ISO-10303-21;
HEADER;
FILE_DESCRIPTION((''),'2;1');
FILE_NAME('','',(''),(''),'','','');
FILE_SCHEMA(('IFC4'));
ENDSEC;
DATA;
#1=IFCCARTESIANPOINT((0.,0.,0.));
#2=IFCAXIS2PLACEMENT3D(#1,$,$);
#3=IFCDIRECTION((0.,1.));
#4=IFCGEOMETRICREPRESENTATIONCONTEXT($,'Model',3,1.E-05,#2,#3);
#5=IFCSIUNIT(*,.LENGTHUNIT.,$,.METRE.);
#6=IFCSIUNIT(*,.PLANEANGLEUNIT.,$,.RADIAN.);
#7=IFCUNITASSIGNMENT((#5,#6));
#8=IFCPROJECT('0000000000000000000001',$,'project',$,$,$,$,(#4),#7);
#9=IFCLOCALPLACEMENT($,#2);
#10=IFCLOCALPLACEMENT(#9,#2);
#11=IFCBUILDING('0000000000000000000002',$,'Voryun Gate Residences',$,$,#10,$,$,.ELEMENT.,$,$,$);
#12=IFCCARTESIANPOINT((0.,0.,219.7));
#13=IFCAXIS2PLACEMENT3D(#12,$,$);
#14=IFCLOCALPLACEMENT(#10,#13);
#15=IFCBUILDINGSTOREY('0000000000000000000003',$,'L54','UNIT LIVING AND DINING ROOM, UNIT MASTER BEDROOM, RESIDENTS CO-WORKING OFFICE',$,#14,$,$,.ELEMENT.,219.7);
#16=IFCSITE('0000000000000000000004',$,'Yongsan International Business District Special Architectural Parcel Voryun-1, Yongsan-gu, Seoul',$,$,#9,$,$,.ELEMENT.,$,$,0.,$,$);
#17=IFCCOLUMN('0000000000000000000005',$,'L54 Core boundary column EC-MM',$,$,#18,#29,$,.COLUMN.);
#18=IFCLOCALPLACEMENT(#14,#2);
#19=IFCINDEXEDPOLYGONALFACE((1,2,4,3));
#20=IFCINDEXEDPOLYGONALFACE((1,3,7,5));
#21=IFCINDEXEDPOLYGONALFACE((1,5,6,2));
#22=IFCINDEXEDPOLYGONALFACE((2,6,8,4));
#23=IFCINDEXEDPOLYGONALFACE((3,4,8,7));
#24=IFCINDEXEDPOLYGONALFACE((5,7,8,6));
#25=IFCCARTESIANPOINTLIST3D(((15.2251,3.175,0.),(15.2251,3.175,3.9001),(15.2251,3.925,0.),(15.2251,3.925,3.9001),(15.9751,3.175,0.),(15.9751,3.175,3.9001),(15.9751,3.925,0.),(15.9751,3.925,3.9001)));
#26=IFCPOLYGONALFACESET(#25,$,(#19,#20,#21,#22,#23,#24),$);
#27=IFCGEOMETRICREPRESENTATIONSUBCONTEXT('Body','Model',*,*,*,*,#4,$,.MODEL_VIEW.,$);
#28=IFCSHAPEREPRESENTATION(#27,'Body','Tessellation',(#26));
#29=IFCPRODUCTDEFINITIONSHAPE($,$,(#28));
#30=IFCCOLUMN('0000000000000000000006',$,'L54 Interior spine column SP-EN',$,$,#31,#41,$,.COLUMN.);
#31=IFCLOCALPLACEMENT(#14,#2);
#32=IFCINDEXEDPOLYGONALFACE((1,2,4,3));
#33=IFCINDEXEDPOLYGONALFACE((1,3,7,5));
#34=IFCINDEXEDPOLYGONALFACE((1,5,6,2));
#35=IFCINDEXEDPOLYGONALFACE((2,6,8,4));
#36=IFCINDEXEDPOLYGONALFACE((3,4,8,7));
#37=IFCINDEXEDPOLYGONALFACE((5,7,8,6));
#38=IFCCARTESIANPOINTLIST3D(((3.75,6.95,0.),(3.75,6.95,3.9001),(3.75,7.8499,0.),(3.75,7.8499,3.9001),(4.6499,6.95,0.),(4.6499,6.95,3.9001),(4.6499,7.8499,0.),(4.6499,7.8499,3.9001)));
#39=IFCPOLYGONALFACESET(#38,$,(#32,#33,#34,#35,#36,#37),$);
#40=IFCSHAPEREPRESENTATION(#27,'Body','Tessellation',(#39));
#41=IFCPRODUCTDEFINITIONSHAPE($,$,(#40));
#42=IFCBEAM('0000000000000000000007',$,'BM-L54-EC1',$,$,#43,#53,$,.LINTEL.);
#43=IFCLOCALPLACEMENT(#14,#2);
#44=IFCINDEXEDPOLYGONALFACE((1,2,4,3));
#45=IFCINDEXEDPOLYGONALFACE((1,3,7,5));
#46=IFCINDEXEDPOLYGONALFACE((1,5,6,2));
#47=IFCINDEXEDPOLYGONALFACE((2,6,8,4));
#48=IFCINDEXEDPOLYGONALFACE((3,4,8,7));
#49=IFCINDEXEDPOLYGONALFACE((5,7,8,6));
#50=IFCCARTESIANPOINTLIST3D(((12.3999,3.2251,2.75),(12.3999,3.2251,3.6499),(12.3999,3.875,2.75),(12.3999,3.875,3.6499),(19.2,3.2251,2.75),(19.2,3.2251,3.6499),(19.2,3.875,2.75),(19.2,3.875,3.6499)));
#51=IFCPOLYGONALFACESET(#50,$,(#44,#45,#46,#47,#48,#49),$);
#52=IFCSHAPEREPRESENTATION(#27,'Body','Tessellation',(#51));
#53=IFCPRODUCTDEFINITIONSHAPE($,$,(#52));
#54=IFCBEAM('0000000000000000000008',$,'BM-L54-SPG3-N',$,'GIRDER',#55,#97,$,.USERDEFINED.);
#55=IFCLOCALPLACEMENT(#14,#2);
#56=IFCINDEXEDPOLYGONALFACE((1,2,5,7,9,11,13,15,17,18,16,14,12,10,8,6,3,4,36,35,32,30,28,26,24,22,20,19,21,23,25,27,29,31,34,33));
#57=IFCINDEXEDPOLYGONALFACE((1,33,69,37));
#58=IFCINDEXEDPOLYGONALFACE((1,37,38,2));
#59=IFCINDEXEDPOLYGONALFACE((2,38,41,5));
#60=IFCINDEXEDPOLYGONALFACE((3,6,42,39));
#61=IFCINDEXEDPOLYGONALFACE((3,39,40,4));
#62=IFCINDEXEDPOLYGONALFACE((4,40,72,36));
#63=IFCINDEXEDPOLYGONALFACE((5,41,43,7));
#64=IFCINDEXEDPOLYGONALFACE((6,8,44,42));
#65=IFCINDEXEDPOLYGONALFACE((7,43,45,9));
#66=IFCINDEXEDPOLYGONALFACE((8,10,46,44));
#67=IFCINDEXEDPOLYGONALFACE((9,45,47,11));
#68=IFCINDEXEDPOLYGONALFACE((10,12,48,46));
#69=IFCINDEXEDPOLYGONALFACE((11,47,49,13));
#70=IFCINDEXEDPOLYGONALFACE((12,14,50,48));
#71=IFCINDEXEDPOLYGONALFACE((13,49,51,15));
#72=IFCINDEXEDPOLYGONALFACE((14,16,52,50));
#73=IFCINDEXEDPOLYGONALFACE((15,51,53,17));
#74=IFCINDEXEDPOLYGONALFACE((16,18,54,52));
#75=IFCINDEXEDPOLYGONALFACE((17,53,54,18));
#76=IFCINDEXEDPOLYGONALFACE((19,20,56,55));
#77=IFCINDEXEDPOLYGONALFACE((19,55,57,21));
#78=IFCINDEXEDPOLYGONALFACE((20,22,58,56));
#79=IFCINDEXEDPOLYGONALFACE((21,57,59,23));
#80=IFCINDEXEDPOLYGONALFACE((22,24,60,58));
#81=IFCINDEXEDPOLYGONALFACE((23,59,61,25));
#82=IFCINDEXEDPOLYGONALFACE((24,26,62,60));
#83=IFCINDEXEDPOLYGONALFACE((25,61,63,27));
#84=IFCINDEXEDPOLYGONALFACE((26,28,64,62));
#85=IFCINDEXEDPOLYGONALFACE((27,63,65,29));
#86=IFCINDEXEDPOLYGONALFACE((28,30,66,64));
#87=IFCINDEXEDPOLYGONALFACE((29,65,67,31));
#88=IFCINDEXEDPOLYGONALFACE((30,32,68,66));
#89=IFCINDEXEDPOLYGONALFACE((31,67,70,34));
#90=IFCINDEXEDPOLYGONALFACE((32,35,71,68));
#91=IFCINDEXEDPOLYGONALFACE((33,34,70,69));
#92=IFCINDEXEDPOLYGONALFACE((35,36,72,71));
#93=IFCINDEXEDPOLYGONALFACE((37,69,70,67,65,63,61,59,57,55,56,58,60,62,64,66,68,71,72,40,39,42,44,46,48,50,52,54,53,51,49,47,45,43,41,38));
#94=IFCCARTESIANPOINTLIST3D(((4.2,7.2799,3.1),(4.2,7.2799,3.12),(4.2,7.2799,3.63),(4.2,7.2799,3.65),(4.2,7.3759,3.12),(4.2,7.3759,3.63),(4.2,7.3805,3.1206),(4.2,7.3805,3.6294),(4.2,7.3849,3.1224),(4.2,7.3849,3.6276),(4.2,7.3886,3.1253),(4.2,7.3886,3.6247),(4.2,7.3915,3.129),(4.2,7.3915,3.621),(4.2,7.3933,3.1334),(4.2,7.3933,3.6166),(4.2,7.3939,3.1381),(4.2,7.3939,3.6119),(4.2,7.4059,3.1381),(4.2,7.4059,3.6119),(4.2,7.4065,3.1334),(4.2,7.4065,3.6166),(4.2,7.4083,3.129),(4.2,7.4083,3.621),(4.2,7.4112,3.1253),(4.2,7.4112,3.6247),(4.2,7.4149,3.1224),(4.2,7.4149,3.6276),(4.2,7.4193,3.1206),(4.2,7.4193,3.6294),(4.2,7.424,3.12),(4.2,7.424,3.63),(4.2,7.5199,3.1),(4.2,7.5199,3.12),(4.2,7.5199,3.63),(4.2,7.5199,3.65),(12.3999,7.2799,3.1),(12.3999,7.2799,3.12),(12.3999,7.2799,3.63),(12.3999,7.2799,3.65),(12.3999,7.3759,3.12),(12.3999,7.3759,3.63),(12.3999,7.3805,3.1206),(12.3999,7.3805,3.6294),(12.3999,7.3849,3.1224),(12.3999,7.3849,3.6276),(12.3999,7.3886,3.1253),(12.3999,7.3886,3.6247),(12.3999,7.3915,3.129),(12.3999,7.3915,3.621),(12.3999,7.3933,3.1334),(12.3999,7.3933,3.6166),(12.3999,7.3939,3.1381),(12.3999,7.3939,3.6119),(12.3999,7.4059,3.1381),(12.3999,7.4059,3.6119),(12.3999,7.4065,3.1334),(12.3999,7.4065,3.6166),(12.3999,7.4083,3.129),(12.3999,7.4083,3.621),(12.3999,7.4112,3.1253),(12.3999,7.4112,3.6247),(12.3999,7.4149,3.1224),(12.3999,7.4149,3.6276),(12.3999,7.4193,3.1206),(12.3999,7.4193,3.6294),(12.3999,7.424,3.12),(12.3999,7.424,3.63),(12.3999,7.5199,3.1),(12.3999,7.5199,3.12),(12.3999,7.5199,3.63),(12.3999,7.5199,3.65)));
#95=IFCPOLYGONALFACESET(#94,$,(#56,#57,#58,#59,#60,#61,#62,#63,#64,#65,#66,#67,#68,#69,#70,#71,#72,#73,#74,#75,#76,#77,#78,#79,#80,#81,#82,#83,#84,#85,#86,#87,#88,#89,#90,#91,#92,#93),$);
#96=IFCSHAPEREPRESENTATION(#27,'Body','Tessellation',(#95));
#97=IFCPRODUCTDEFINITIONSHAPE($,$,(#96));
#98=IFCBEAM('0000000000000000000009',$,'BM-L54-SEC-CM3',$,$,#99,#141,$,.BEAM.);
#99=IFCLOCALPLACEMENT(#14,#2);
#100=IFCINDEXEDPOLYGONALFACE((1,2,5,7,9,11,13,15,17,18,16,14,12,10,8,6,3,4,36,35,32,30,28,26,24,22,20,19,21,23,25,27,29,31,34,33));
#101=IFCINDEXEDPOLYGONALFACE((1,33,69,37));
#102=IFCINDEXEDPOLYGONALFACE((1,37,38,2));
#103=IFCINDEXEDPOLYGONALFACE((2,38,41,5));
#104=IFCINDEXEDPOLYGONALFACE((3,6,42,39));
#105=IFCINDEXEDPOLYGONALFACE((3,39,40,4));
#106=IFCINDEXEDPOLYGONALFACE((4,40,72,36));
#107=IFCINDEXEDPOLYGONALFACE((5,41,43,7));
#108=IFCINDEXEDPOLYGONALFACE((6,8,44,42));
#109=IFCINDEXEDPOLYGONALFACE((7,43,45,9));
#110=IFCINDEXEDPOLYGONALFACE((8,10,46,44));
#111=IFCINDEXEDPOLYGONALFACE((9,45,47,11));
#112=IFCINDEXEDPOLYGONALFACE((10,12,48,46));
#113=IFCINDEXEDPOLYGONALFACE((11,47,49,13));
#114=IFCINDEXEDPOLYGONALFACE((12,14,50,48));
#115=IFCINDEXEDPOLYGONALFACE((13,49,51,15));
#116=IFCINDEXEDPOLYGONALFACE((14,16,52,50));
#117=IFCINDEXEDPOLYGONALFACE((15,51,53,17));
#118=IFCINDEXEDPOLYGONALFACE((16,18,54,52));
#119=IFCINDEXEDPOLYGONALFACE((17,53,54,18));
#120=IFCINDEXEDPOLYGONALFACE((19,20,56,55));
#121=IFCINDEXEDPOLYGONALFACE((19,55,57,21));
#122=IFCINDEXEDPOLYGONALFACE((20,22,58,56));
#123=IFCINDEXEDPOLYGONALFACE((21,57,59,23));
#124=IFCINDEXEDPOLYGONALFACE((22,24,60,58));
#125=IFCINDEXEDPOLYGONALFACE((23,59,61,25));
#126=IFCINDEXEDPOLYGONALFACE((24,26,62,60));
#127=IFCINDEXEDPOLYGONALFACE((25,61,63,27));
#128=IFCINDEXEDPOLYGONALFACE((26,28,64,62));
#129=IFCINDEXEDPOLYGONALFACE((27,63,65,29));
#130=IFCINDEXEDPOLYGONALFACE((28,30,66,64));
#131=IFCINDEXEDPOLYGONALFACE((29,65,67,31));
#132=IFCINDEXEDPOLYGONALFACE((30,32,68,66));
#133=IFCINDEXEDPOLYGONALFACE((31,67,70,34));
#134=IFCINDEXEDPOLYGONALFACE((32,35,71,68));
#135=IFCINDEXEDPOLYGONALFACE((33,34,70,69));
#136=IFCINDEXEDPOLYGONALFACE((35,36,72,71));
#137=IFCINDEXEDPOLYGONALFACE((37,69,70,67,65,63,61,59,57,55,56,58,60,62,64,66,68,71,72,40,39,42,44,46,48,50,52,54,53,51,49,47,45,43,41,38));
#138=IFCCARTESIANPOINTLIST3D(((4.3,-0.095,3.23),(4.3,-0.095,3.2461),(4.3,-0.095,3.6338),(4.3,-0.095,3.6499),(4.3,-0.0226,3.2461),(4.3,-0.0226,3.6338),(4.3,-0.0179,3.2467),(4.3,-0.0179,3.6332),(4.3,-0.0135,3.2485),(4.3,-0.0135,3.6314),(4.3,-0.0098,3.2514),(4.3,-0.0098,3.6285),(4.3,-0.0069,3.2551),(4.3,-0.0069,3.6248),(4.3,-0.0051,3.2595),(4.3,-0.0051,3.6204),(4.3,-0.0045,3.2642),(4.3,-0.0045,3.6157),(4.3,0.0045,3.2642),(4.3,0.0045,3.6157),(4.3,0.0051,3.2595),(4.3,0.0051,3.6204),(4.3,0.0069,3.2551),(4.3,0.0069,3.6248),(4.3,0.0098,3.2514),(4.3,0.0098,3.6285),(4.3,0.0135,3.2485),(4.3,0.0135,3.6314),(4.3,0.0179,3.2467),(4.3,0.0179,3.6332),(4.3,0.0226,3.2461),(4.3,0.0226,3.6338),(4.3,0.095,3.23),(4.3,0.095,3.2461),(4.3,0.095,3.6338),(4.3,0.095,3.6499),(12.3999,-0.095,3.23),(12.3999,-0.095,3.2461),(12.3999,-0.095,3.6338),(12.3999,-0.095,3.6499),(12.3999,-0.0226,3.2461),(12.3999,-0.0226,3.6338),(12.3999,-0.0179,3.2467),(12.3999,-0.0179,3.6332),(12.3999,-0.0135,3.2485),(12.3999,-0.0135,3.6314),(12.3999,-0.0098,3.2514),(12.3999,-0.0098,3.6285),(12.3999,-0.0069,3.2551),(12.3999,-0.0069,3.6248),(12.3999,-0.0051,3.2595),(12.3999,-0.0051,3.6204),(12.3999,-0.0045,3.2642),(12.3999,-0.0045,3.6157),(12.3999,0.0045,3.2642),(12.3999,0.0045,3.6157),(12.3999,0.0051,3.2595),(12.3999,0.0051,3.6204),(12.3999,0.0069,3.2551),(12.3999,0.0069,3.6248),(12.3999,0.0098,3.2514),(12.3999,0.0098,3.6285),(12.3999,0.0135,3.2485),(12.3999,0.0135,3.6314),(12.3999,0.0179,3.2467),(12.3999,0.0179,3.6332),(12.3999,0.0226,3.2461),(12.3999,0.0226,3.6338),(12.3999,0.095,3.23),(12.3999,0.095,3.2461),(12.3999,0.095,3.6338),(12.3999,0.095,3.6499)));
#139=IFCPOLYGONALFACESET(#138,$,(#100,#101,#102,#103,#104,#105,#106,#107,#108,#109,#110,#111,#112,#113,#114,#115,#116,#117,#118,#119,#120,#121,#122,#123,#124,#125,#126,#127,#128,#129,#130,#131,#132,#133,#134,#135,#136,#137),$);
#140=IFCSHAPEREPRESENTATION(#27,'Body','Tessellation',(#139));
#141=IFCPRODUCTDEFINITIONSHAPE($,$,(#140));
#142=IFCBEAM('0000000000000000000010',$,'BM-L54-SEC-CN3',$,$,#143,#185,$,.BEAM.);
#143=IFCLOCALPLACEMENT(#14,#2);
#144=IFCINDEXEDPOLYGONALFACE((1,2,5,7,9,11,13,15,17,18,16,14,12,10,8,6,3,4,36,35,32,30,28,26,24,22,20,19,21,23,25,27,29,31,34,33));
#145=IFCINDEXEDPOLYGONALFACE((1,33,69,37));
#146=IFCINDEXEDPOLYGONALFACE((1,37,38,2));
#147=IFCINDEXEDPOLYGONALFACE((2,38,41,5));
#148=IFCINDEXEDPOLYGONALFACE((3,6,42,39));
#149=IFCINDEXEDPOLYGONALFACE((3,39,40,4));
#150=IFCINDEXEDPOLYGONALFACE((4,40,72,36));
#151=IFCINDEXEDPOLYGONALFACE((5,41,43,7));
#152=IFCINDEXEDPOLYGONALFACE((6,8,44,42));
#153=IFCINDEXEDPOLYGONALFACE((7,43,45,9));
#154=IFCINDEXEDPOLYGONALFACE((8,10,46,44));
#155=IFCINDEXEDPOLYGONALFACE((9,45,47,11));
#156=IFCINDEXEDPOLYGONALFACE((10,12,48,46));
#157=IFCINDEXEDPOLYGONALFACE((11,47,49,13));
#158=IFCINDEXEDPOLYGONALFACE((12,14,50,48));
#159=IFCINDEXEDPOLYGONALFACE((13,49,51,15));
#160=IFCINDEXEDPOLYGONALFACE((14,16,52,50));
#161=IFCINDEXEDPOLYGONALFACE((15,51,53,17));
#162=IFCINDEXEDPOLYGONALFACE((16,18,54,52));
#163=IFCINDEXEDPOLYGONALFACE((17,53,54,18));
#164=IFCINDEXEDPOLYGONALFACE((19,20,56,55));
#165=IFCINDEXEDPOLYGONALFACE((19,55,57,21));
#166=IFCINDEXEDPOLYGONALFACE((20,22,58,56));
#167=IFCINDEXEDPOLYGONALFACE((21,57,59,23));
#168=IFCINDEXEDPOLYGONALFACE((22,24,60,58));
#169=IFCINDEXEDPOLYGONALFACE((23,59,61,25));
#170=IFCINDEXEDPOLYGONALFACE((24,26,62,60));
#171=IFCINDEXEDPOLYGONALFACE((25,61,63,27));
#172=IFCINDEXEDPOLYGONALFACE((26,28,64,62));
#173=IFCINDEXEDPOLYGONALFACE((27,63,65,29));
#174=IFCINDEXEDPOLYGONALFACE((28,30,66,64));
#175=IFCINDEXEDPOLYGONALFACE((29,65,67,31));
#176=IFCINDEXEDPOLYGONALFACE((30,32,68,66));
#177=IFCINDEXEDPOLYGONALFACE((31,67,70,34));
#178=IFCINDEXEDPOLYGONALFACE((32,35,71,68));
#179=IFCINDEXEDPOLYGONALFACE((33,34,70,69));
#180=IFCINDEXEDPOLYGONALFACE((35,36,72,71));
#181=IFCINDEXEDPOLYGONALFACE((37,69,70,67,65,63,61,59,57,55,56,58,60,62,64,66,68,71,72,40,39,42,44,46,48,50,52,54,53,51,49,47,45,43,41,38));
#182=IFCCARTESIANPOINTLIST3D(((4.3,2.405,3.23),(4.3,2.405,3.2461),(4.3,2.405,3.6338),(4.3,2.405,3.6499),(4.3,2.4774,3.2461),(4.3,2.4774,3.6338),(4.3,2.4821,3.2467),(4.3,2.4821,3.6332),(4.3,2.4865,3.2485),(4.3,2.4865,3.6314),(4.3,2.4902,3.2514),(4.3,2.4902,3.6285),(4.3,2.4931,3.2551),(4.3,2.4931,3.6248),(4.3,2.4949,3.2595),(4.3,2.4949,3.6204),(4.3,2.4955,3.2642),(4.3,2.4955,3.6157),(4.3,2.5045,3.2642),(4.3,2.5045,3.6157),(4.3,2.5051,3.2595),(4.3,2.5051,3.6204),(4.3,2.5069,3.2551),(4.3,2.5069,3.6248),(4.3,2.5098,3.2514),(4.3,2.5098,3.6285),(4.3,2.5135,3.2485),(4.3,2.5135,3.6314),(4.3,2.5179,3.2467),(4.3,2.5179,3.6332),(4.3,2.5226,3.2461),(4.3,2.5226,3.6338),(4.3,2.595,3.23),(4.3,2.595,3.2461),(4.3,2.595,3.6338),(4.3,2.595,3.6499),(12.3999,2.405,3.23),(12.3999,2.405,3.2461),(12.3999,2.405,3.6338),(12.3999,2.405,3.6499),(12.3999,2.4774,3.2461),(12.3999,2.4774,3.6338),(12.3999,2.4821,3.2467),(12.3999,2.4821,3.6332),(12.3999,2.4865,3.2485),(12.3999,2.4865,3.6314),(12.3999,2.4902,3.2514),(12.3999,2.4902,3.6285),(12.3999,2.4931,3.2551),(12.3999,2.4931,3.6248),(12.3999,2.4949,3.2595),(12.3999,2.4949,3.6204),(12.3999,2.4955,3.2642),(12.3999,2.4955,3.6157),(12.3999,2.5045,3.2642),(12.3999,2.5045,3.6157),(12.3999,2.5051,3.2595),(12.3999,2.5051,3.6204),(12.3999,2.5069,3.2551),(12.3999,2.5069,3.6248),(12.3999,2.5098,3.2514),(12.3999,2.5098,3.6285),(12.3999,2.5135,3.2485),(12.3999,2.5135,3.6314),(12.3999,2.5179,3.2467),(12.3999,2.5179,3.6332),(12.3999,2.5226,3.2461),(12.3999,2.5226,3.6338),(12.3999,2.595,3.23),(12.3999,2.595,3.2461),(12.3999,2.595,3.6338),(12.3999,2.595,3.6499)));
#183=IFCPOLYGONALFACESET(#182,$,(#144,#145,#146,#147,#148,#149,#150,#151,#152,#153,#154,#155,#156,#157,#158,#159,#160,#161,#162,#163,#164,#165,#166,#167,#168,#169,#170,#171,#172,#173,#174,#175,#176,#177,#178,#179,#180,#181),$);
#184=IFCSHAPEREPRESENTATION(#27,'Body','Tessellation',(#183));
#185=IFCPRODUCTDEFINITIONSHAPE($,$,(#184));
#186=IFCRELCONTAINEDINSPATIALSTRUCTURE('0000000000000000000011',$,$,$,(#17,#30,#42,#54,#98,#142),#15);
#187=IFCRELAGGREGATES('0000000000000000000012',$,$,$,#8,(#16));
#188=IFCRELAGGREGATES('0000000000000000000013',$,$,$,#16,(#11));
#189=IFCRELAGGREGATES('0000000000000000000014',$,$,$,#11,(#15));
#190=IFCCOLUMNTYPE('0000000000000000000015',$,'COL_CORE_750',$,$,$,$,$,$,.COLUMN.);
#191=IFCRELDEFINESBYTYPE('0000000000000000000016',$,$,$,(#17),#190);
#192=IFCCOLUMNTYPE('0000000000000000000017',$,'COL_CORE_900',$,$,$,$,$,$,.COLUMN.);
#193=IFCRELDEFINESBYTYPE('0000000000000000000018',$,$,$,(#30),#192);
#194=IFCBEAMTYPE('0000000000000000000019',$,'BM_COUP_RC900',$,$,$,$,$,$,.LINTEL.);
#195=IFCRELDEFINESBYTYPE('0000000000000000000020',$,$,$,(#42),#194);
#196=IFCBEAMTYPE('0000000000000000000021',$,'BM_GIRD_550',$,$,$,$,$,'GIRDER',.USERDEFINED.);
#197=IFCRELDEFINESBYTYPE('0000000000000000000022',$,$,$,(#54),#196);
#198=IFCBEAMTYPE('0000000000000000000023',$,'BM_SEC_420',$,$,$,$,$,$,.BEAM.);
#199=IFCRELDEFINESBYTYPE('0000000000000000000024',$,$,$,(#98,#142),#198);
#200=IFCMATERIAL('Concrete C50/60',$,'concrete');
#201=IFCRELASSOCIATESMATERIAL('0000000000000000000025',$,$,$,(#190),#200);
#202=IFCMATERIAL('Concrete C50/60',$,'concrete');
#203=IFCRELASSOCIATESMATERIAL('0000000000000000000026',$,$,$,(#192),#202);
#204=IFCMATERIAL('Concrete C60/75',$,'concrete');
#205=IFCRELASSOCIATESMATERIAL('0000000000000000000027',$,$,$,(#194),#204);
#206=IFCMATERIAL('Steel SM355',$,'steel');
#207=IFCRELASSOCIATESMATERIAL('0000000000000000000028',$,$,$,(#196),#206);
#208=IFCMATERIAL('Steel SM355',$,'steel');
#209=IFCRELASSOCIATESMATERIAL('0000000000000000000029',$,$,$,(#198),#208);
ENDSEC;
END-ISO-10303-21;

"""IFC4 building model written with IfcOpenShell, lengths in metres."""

from ifc_helpers import new_model, si_unit, direction, frame, origin, origin_2d, place, context, subcontext, project, spatial, rectangle, i_section, extrude, material, material_profile, profile_set, type_object, element, save


model = new_model("IFC4")

# Units and contexts
model_context = context("Model", 3, precision=1e-05, world=origin(), true_north=direction((0.0, 1.0)))
body_context = subcontext(model_context, "Body", "Model", "MODEL_VIEW")
ifc_project = project(units=[si_unit("LENGTHUNIT", "METRE"), si_unit("PLANEANGLEUNIT", "RADIAN")], contexts=[model_context])

# Site, building, storey
site_placement = place(None, origin())
site = spatial("IfcSite", under=ifc_project, at=site_placement, Name="Yongsan International Business District Special Architectural Parcel Voryun-1, Yongsan-gu, Seoul", CompositionType="ELEMENT", RefElevation=0.0)
building_placement = place(site_placement, origin())
building = spatial("IfcBuilding", under=site, at=building_placement, Name="Voryun Gate Residences", CompositionType="ELEMENT")
storey_placement = place(building_placement, frame((0.0, 0.0, 219.7)))
storey = spatial("IfcBuildingStorey", under=building, at=storey_placement, Name="L54", Description="UNIT LIVING AND DINING ROOM, UNIT MASTER BEDROOM, RESIDENTS CO-WORKING OFFICE", CompositionType="ELEMENT", Elevation=219.7)

# Columns
ifc_material_1 = material(Name="Concrete C50/60", Category="concrete")
ifc_material_profile_1 = material_profile(ifc_material_1, rectangle(XDim=0.75, YDim=0.75, at=origin_2d()), Name="RC-750x750")
ifc_profile_set_1 = profile_set([ifc_material_profile_1], Name="Concrete C50/60")
column_type_1 = type_object("IfcColumnType", Name="COL_CORE_750", PredefinedType="COLUMN", material=ifc_profile_set_1)
column_1_placement = place(storey_placement, frame((15.6001, 3.55, 0.0), z_axis=(0.0, 0.0, 1.0), x_axis=(1.0, 0.0, 0.0)))
element("IfcColumn", 1, at=column_1_placement, inside=storey, type_object=column_type_1, Name="L54 Core boundary column EC-MM", PredefinedType="COLUMN", context=body_context, shape_type="SweptSolid", body=[
    extrude(rectangle(XDim=0.75, YDim=0.75, at=origin_2d()), origin(), (0.0, 0.0, 1.0), 3.9001),
])
ifc_material_2 = material(Name="Concrete C50/60", Category="concrete")
ifc_material_profile_2 = material_profile(ifc_material_2, rectangle(XDim=0.8999, YDim=0.8999, at=origin_2d()), Name="RC-900x900")
ifc_profile_set_2 = profile_set([ifc_material_profile_2], Name="Concrete C50/60")
column_type_2 = type_object("IfcColumnType", Name="COL_CORE_900", PredefinedType="COLUMN", material=ifc_profile_set_2)
column_2_placement = place(storey_placement, frame((4.2, 7.3999, 0.0), z_axis=(0.0, 0.0, 1.0), x_axis=(1.0, 0.0, 0.0)))
element("IfcColumn", 2, at=column_2_placement, inside=storey, type_object=column_type_2, Name="L54 Interior spine column SP-EN", PredefinedType="COLUMN", context=body_context, shape_type="SweptSolid", body=[
    extrude(rectangle(XDim=0.8999, YDim=0.8999, at=origin_2d()), origin(), (0.0, 0.0, 1.0), 3.9001),
])

# Beams
ifc_material_3 = material(Name="Concrete C60/75", Category="concrete")
ifc_material_profile_3 = material_profile(ifc_material_3, rectangle(XDim=0.6499, YDim=0.8999, at=origin_2d()), Name="RC-650x900")
ifc_profile_set_3 = profile_set([ifc_material_profile_3], Name="Concrete C60/75")
beam_type_1 = type_object("IfcBeamType", Name="BM_COUP_RC900", PredefinedType="LINTEL", material=ifc_profile_set_3)
beam_1_placement = place(storey_placement, frame((12.3999, 3.55, 3.2), z_axis=(1.0, 0.0, 0.0), x_axis=(0.0, 1.0, 0.0)))
element("IfcBeam", 3, at=beam_1_placement, inside=storey, type_object=beam_type_1, Name="BM-L54-EC1", PredefinedType="LINTEL", context=body_context, shape_type="SweptSolid", body=[
    extrude(rectangle(XDim=0.6499, YDim=0.8999, at=origin_2d()), origin(), (0.0, 0.0, 1.0), 6.8),
])
ifc_material_4 = material(Name="Steel SM355", Category="steel")
ifc_material_profile_4 = material_profile(ifc_material_4, i_section(OverallWidth=0.24, OverallDepth=0.55, WebThickness=0.012, FlangeThickness=0.02, FilletRadius=0.0181, at=origin_2d()), Name="H-550x240x12x20")
ifc_profile_set_4 = profile_set([ifc_material_profile_4], Name="Steel SM355")
beam_type_2 = type_object("IfcBeamType", Name="BM_GIRD_550", ElementType="GIRDER", PredefinedType="USERDEFINED", material=ifc_profile_set_4)
beam_2_placement = place(storey_placement, frame((4.2, 7.3999, 3.375), z_axis=(1.0, 0.0, 0.0), x_axis=(0.0, 1.0, 0.0)))
element("IfcBeam", 4, at=beam_2_placement, inside=storey, type_object=beam_type_2, Name="BM-L54-SPG3-N", ObjectType="GIRDER", PredefinedType="USERDEFINED", context=body_context, shape_type="SweptSolid", body=[
    extrude(i_section(OverallWidth=0.24, OverallDepth=0.55, WebThickness=0.012, FlangeThickness=0.02, FilletRadius=0.0181, at=origin_2d()), origin(), (0.0, 0.0, 1.0), 8.2),
])
ifc_material_5 = material(Name="Steel SM355", Category="steel")
ifc_material_profile_5 = material_profile(ifc_material_5, i_section(OverallWidth=0.1899, OverallDepth=0.4199, WebThickness=0.009, FlangeThickness=0.0161, FilletRadius=0.0181, at=origin_2d()), Name="H-420x190x9x16")
ifc_profile_set_5 = profile_set([ifc_material_profile_5], Name="Steel SM355")
beam_type_3 = type_object("IfcBeamType", Name="BM_SEC_420", PredefinedType="BEAM", material=ifc_profile_set_5)
for number, where, z_axis, x_axis, name in (
    (5, (4.3, 0.0, 3.4399), (1.0, 0.0, 0.0), (0.0, 1.0, 0.0), "BM-L54-SEC-CM3"),
    (6, (4.3, 2.5, 3.4399), (1.0, 0.0, 0.0), (0.0, 1.0, 0.0), "BM-L54-SEC-CN3"),
):
    element("IfcBeam", number, at=place(storey_placement, frame(where, z_axis=z_axis, x_axis=x_axis)), inside=storey, type_object=beam_type_3, Name=name, PredefinedType="BEAM", context=body_context, shape_type="SweptSolid", body=[
        extrude(i_section(OverallWidth=0.1899, OverallDepth=0.4199, WebThickness=0.009, FlangeThickness=0.0161, FilletRadius=0.0181, at=origin_2d()), origin(), (0.0, 0.0, 1.0), 8.0999),
    ])

save(model, "model.ifc")
